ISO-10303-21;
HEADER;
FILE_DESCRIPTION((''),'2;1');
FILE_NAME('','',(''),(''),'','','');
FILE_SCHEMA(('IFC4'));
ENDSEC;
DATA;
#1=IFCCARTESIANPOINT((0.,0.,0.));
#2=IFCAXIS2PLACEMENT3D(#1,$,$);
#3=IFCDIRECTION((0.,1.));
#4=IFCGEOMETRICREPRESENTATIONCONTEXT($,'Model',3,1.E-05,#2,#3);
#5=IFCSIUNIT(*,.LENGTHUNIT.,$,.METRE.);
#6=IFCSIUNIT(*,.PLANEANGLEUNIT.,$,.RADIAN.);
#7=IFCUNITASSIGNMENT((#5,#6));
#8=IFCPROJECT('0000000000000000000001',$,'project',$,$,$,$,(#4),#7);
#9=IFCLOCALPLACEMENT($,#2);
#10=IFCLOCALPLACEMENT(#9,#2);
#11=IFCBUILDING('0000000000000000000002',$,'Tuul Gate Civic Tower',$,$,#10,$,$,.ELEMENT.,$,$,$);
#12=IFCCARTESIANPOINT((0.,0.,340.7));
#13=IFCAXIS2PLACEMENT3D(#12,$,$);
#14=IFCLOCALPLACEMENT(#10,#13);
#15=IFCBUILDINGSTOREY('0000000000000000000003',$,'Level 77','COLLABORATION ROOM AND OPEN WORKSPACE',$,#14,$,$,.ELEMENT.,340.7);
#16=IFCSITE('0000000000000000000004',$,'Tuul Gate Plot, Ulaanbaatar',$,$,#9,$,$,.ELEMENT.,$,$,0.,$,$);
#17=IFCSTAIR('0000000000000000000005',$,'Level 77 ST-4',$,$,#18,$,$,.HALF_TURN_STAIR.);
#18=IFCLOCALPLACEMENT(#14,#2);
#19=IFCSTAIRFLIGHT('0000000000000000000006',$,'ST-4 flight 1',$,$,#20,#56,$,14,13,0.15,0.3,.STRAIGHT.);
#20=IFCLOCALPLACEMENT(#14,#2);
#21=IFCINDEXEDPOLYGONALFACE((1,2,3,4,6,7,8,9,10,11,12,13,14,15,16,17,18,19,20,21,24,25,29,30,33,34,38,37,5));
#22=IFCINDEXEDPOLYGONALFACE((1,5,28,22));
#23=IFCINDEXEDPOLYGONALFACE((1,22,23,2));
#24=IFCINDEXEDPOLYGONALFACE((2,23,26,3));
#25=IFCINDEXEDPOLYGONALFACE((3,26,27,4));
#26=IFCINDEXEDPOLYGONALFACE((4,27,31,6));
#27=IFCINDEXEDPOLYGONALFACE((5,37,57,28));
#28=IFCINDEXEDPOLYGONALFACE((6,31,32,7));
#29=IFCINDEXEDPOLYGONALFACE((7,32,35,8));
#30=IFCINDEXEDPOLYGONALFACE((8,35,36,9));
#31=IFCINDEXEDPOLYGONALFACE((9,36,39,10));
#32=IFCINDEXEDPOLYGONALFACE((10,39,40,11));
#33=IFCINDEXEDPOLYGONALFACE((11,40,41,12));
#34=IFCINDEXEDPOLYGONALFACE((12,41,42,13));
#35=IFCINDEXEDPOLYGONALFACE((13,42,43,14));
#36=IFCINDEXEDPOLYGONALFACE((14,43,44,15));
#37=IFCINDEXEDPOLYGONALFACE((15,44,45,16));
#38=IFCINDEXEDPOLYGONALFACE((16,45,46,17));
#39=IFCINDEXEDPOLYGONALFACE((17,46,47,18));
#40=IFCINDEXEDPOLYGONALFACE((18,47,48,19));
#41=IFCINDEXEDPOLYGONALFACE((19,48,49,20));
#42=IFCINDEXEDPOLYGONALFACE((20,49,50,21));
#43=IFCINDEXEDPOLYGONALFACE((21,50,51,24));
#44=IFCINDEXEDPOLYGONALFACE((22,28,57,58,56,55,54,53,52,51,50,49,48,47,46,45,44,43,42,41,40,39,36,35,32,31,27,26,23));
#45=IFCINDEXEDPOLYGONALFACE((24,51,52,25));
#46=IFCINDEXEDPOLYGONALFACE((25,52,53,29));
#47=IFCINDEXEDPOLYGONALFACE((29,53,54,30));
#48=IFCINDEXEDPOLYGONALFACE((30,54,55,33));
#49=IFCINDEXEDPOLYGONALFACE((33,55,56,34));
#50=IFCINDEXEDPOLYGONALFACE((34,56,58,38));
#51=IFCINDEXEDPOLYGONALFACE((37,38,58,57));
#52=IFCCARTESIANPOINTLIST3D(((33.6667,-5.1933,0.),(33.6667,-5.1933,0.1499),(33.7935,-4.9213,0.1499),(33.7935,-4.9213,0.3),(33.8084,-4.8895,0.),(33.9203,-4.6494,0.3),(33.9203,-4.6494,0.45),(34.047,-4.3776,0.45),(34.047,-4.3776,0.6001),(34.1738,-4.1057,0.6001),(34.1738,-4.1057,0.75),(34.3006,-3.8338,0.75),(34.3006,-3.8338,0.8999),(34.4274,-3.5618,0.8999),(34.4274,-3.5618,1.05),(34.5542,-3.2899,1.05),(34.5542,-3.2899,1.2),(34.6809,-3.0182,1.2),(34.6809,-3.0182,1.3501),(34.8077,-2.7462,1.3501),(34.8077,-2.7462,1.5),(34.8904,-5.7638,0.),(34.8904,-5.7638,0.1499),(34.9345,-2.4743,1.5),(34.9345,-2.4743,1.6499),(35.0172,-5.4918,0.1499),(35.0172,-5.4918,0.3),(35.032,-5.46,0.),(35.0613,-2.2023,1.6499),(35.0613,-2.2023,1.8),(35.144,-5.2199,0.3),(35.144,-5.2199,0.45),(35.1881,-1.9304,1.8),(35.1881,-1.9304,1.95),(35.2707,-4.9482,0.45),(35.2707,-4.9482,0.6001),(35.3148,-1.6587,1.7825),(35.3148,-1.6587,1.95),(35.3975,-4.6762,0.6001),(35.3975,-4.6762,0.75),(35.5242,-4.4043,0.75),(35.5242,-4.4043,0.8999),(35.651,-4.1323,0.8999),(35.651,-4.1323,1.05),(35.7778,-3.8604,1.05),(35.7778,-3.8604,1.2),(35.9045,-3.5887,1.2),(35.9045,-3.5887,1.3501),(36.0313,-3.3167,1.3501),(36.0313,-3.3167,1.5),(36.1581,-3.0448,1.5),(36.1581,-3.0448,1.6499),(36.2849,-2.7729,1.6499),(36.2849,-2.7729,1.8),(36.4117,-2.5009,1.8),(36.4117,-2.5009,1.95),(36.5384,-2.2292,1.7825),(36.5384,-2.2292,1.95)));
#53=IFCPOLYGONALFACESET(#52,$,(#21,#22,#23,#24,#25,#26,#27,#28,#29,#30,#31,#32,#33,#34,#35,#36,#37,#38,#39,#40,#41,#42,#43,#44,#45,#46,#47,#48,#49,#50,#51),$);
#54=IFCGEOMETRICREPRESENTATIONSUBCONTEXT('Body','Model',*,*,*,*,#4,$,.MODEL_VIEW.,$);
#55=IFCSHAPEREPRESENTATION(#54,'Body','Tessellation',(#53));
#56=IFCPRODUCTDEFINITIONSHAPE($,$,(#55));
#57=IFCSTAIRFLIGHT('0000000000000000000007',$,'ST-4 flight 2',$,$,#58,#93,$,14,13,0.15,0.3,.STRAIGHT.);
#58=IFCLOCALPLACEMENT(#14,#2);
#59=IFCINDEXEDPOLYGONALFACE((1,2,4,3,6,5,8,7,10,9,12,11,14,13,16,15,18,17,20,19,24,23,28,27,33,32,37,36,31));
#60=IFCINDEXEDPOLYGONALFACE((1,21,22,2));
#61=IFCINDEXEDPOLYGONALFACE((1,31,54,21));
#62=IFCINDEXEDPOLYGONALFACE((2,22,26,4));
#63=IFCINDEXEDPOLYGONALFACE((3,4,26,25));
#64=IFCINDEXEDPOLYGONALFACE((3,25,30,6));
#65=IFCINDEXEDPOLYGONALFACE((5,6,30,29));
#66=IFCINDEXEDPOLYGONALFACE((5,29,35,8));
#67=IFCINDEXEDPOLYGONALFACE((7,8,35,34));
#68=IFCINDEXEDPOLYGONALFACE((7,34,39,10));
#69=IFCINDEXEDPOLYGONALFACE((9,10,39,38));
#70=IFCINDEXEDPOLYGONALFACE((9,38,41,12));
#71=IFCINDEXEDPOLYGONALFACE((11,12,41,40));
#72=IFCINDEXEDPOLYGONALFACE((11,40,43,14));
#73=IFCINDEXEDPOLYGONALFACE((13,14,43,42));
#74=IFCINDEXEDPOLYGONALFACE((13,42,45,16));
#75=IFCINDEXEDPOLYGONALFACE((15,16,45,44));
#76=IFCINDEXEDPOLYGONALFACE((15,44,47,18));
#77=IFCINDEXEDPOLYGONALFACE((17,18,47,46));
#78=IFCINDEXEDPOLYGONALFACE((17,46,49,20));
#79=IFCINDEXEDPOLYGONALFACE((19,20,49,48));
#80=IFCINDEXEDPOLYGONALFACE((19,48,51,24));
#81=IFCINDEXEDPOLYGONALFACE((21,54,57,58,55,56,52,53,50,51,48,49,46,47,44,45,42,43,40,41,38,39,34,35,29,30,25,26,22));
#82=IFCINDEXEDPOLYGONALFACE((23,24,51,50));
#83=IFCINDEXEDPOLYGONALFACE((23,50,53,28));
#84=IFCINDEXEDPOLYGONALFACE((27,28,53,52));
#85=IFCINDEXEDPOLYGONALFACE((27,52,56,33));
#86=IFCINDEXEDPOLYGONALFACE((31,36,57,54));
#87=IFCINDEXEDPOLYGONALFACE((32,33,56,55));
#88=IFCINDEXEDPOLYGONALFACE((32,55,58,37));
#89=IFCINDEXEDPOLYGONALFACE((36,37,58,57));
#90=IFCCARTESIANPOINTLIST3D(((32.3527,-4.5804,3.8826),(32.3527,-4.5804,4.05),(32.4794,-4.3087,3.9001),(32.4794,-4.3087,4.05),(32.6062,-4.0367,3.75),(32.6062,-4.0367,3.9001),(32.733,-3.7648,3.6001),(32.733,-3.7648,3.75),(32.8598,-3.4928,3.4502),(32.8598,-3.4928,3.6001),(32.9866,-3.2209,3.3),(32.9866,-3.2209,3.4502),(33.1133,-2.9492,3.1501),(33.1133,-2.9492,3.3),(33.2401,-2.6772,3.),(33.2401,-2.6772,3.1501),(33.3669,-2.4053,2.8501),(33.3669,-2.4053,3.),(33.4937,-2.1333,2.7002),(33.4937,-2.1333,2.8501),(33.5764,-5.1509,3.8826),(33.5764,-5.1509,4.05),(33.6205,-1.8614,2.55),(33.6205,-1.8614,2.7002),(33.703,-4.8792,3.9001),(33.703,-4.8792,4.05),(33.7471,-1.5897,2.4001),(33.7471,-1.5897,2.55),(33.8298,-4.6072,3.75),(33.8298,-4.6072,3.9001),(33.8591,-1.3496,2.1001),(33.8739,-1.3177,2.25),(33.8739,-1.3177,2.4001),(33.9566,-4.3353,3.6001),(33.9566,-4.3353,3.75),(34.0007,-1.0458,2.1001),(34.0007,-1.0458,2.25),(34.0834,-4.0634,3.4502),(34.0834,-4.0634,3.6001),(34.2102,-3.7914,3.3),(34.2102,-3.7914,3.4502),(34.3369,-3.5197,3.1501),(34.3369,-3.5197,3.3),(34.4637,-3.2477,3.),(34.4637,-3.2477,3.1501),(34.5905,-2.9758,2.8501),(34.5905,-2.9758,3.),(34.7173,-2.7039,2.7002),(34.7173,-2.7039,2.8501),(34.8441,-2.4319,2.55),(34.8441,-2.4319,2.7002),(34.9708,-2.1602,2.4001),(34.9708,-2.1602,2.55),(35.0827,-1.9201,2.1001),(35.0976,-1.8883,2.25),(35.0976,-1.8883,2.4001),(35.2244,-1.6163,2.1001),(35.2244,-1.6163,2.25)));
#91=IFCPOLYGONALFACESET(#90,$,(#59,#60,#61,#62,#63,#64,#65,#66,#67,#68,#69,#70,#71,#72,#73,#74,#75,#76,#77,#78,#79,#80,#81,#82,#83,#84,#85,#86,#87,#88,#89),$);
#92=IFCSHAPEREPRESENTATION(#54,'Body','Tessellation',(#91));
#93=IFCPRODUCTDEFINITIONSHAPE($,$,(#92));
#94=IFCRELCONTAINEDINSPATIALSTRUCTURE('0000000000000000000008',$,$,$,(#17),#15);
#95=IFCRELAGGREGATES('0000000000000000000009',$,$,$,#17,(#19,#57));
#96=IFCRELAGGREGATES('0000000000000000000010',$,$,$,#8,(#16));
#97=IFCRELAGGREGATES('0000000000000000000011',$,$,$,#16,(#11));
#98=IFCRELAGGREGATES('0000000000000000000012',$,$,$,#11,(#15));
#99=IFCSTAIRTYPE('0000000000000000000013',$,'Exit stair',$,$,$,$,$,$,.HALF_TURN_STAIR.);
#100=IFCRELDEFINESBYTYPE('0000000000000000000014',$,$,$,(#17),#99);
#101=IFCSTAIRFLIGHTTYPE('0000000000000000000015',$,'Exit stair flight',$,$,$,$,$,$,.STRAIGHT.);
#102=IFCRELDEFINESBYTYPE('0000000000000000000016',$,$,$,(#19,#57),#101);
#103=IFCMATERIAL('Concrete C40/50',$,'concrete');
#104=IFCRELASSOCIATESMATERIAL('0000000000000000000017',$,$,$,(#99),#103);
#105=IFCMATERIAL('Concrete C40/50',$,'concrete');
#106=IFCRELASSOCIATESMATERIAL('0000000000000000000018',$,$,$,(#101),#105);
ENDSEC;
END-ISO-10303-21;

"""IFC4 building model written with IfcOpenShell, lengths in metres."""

from ifc_helpers import new_model, si_unit, direction, frame, origin, place, context, subcontext, project, spatial, polyline, outline, extrude, material, type_object, element, aggregate, save


model = new_model("IFC4")

# Units and contexts
model_context = context("Model", 3, precision=1e-05, world=origin(), true_north=direction((0.0, 1.0)))
body_context = subcontext(model_context, "Body", "Model", "MODEL_VIEW")
ifc_project = project(units=[si_unit("LENGTHUNIT", "METRE"), si_unit("PLANEANGLEUNIT", "RADIAN")], contexts=[model_context])

# Site, building, storey
site_placement = place(None, origin())
site = spatial("IfcSite", under=ifc_project, at=site_placement, Name="Tuul Gate Plot, Ulaanbaatar", CompositionType="ELEMENT", RefElevation=0.0)
building_placement = place(site_placement, origin())
building = spatial("IfcBuilding", under=site, at=building_placement, Name="Tuul Gate Civic Tower", CompositionType="ELEMENT")
storey_placement = place(building_placement, frame((0.0, 0.0, 340.7)))
storey = spatial("IfcBuildingStorey", under=building, at=storey_placement, Name="Level 77", Description="COLLABORATION ROOM AND OPEN WORKSPACE", CompositionType="ELEMENT", Elevation=340.7)

# Stair, stair flights
ifc_material_1 = material(Name="Concrete C40/50", Category="concrete")
stair_type = type_object("IfcStairType", Name="Exit stair", PredefinedType="HALF_TURN_STAIR", material=ifc_material_1)
stair_placement = place(storey_placement, origin())
stair = element("IfcStair", 1, at=stair_placement, inside=storey, type_object=stair_type, Name="Level 77 ST-4", PredefinedType="HALF_TURN_STAIR")
ifc_material_2 = material(Name="Concrete C40/50", Category="concrete")
stair_flight_type = type_object("IfcStairFlightType", Name="Exit stair flight", PredefinedType="STRAIGHT", material=ifc_material_2)
stair_flight_1_placement = place(storey_placement, frame((34.2786, -5.4785, 0.0), z_axis=(0.0, 0.0, 1.0), x_axis=(0.422576, 0.906327, 0.0)))
stair_flight_1 = element("IfcStairFlight", 2, at=stair_flight_1_placement, type_object=stair_flight_type, Name="ST-4 flight 1", NumberOfRisers=14, NumberOfTreads=13, PredefinedType="STRAIGHT", RiserHeight=0.15, TreadLength=0.3, context=body_context, shape_type="SweptSolid", body=[
    extrude(outline(polyline([(0.0, 0.0), (0.0, 0.1499), (0.3, 0.1499), (0.3, 0.3), (0.6001, 0.3), (0.6001, 0.45), (0.8999, 0.45), (0.8999, 0.6001), (1.2, 0.6001), (1.2, 0.75), (1.5, 0.75), (1.5, 0.8999), (1.8, 0.8999), (1.8, 1.05), (2.1001, 1.05), (2.1001, 1.2), (2.3999, 1.2), (2.3999, 1.3501), (2.7, 1.3501), (2.7, 1.5), (3.0, 1.5), (3.0, 1.6499), (3.3, 1.6499), (3.3, 1.8), (3.6001, 1.8), (3.6001, 1.95), (3.8999, 1.95), (3.8999, 2.1001), (3.8999, 1.7825), (0.3352, 0.0), (0.0, 0.0)])), frame((0.0, 0.675, 0.0), z_axis=(0.0, -1.0, 0.0), x_axis=(1.0, 0.0, 0.0)), (0.0, 0.0, 1.0), 1.3501),
])
stair_flight_2_placement = place(storey_placement, frame((34.6125, -1.3311, 2.1001), z_axis=(0.0, 0.0, 1.0), x_axis=(-0.422576, -0.906327, 0.0)))
stair_flight_2 = element("IfcStairFlight", 3, at=stair_flight_2_placement, type_object=stair_flight_type, Name="ST-4 flight 2", NumberOfRisers=14, NumberOfTreads=13, PredefinedType="STRAIGHT", RiserHeight=0.15, TreadLength=0.3, context=body_context, shape_type="SweptSolid", body=[
    extrude(outline(polyline([(0.0, 0.0), (0.0, 0.1499), (0.3, 0.1499), (0.3, 0.3), (0.6001, 0.3), (0.6001, 0.45), (0.8999, 0.45), (0.8999, 0.6001), (1.2, 0.6001), (1.2, 0.75), (1.5, 0.75), (1.5, 0.8999), (1.8, 0.8999), (1.8, 1.05), (2.1001, 1.05), (2.1001, 1.2), (2.3999, 1.2), (2.3999, 1.3501), (2.7, 1.3501), (2.7, 1.5), (3.0, 1.5), (3.0, 1.6499), (3.3, 1.6499), (3.3, 1.8), (3.6001, 1.8), (3.6001, 1.95), (3.8999, 1.95), (3.8999, 2.1001), (3.8999, 1.7825), (0.3352, 0.0), (0.0, 0.0)])), frame((0.0, 0.675, 0.0), z_axis=(0.0, -1.0, 0.0), x_axis=(1.0, 0.0, 0.0)), (0.0, 0.0, 1.0), 1.3501),
])
aggregate(stair, [stair_flight_1, stair_flight_2])

save(model, "model.ifc")
